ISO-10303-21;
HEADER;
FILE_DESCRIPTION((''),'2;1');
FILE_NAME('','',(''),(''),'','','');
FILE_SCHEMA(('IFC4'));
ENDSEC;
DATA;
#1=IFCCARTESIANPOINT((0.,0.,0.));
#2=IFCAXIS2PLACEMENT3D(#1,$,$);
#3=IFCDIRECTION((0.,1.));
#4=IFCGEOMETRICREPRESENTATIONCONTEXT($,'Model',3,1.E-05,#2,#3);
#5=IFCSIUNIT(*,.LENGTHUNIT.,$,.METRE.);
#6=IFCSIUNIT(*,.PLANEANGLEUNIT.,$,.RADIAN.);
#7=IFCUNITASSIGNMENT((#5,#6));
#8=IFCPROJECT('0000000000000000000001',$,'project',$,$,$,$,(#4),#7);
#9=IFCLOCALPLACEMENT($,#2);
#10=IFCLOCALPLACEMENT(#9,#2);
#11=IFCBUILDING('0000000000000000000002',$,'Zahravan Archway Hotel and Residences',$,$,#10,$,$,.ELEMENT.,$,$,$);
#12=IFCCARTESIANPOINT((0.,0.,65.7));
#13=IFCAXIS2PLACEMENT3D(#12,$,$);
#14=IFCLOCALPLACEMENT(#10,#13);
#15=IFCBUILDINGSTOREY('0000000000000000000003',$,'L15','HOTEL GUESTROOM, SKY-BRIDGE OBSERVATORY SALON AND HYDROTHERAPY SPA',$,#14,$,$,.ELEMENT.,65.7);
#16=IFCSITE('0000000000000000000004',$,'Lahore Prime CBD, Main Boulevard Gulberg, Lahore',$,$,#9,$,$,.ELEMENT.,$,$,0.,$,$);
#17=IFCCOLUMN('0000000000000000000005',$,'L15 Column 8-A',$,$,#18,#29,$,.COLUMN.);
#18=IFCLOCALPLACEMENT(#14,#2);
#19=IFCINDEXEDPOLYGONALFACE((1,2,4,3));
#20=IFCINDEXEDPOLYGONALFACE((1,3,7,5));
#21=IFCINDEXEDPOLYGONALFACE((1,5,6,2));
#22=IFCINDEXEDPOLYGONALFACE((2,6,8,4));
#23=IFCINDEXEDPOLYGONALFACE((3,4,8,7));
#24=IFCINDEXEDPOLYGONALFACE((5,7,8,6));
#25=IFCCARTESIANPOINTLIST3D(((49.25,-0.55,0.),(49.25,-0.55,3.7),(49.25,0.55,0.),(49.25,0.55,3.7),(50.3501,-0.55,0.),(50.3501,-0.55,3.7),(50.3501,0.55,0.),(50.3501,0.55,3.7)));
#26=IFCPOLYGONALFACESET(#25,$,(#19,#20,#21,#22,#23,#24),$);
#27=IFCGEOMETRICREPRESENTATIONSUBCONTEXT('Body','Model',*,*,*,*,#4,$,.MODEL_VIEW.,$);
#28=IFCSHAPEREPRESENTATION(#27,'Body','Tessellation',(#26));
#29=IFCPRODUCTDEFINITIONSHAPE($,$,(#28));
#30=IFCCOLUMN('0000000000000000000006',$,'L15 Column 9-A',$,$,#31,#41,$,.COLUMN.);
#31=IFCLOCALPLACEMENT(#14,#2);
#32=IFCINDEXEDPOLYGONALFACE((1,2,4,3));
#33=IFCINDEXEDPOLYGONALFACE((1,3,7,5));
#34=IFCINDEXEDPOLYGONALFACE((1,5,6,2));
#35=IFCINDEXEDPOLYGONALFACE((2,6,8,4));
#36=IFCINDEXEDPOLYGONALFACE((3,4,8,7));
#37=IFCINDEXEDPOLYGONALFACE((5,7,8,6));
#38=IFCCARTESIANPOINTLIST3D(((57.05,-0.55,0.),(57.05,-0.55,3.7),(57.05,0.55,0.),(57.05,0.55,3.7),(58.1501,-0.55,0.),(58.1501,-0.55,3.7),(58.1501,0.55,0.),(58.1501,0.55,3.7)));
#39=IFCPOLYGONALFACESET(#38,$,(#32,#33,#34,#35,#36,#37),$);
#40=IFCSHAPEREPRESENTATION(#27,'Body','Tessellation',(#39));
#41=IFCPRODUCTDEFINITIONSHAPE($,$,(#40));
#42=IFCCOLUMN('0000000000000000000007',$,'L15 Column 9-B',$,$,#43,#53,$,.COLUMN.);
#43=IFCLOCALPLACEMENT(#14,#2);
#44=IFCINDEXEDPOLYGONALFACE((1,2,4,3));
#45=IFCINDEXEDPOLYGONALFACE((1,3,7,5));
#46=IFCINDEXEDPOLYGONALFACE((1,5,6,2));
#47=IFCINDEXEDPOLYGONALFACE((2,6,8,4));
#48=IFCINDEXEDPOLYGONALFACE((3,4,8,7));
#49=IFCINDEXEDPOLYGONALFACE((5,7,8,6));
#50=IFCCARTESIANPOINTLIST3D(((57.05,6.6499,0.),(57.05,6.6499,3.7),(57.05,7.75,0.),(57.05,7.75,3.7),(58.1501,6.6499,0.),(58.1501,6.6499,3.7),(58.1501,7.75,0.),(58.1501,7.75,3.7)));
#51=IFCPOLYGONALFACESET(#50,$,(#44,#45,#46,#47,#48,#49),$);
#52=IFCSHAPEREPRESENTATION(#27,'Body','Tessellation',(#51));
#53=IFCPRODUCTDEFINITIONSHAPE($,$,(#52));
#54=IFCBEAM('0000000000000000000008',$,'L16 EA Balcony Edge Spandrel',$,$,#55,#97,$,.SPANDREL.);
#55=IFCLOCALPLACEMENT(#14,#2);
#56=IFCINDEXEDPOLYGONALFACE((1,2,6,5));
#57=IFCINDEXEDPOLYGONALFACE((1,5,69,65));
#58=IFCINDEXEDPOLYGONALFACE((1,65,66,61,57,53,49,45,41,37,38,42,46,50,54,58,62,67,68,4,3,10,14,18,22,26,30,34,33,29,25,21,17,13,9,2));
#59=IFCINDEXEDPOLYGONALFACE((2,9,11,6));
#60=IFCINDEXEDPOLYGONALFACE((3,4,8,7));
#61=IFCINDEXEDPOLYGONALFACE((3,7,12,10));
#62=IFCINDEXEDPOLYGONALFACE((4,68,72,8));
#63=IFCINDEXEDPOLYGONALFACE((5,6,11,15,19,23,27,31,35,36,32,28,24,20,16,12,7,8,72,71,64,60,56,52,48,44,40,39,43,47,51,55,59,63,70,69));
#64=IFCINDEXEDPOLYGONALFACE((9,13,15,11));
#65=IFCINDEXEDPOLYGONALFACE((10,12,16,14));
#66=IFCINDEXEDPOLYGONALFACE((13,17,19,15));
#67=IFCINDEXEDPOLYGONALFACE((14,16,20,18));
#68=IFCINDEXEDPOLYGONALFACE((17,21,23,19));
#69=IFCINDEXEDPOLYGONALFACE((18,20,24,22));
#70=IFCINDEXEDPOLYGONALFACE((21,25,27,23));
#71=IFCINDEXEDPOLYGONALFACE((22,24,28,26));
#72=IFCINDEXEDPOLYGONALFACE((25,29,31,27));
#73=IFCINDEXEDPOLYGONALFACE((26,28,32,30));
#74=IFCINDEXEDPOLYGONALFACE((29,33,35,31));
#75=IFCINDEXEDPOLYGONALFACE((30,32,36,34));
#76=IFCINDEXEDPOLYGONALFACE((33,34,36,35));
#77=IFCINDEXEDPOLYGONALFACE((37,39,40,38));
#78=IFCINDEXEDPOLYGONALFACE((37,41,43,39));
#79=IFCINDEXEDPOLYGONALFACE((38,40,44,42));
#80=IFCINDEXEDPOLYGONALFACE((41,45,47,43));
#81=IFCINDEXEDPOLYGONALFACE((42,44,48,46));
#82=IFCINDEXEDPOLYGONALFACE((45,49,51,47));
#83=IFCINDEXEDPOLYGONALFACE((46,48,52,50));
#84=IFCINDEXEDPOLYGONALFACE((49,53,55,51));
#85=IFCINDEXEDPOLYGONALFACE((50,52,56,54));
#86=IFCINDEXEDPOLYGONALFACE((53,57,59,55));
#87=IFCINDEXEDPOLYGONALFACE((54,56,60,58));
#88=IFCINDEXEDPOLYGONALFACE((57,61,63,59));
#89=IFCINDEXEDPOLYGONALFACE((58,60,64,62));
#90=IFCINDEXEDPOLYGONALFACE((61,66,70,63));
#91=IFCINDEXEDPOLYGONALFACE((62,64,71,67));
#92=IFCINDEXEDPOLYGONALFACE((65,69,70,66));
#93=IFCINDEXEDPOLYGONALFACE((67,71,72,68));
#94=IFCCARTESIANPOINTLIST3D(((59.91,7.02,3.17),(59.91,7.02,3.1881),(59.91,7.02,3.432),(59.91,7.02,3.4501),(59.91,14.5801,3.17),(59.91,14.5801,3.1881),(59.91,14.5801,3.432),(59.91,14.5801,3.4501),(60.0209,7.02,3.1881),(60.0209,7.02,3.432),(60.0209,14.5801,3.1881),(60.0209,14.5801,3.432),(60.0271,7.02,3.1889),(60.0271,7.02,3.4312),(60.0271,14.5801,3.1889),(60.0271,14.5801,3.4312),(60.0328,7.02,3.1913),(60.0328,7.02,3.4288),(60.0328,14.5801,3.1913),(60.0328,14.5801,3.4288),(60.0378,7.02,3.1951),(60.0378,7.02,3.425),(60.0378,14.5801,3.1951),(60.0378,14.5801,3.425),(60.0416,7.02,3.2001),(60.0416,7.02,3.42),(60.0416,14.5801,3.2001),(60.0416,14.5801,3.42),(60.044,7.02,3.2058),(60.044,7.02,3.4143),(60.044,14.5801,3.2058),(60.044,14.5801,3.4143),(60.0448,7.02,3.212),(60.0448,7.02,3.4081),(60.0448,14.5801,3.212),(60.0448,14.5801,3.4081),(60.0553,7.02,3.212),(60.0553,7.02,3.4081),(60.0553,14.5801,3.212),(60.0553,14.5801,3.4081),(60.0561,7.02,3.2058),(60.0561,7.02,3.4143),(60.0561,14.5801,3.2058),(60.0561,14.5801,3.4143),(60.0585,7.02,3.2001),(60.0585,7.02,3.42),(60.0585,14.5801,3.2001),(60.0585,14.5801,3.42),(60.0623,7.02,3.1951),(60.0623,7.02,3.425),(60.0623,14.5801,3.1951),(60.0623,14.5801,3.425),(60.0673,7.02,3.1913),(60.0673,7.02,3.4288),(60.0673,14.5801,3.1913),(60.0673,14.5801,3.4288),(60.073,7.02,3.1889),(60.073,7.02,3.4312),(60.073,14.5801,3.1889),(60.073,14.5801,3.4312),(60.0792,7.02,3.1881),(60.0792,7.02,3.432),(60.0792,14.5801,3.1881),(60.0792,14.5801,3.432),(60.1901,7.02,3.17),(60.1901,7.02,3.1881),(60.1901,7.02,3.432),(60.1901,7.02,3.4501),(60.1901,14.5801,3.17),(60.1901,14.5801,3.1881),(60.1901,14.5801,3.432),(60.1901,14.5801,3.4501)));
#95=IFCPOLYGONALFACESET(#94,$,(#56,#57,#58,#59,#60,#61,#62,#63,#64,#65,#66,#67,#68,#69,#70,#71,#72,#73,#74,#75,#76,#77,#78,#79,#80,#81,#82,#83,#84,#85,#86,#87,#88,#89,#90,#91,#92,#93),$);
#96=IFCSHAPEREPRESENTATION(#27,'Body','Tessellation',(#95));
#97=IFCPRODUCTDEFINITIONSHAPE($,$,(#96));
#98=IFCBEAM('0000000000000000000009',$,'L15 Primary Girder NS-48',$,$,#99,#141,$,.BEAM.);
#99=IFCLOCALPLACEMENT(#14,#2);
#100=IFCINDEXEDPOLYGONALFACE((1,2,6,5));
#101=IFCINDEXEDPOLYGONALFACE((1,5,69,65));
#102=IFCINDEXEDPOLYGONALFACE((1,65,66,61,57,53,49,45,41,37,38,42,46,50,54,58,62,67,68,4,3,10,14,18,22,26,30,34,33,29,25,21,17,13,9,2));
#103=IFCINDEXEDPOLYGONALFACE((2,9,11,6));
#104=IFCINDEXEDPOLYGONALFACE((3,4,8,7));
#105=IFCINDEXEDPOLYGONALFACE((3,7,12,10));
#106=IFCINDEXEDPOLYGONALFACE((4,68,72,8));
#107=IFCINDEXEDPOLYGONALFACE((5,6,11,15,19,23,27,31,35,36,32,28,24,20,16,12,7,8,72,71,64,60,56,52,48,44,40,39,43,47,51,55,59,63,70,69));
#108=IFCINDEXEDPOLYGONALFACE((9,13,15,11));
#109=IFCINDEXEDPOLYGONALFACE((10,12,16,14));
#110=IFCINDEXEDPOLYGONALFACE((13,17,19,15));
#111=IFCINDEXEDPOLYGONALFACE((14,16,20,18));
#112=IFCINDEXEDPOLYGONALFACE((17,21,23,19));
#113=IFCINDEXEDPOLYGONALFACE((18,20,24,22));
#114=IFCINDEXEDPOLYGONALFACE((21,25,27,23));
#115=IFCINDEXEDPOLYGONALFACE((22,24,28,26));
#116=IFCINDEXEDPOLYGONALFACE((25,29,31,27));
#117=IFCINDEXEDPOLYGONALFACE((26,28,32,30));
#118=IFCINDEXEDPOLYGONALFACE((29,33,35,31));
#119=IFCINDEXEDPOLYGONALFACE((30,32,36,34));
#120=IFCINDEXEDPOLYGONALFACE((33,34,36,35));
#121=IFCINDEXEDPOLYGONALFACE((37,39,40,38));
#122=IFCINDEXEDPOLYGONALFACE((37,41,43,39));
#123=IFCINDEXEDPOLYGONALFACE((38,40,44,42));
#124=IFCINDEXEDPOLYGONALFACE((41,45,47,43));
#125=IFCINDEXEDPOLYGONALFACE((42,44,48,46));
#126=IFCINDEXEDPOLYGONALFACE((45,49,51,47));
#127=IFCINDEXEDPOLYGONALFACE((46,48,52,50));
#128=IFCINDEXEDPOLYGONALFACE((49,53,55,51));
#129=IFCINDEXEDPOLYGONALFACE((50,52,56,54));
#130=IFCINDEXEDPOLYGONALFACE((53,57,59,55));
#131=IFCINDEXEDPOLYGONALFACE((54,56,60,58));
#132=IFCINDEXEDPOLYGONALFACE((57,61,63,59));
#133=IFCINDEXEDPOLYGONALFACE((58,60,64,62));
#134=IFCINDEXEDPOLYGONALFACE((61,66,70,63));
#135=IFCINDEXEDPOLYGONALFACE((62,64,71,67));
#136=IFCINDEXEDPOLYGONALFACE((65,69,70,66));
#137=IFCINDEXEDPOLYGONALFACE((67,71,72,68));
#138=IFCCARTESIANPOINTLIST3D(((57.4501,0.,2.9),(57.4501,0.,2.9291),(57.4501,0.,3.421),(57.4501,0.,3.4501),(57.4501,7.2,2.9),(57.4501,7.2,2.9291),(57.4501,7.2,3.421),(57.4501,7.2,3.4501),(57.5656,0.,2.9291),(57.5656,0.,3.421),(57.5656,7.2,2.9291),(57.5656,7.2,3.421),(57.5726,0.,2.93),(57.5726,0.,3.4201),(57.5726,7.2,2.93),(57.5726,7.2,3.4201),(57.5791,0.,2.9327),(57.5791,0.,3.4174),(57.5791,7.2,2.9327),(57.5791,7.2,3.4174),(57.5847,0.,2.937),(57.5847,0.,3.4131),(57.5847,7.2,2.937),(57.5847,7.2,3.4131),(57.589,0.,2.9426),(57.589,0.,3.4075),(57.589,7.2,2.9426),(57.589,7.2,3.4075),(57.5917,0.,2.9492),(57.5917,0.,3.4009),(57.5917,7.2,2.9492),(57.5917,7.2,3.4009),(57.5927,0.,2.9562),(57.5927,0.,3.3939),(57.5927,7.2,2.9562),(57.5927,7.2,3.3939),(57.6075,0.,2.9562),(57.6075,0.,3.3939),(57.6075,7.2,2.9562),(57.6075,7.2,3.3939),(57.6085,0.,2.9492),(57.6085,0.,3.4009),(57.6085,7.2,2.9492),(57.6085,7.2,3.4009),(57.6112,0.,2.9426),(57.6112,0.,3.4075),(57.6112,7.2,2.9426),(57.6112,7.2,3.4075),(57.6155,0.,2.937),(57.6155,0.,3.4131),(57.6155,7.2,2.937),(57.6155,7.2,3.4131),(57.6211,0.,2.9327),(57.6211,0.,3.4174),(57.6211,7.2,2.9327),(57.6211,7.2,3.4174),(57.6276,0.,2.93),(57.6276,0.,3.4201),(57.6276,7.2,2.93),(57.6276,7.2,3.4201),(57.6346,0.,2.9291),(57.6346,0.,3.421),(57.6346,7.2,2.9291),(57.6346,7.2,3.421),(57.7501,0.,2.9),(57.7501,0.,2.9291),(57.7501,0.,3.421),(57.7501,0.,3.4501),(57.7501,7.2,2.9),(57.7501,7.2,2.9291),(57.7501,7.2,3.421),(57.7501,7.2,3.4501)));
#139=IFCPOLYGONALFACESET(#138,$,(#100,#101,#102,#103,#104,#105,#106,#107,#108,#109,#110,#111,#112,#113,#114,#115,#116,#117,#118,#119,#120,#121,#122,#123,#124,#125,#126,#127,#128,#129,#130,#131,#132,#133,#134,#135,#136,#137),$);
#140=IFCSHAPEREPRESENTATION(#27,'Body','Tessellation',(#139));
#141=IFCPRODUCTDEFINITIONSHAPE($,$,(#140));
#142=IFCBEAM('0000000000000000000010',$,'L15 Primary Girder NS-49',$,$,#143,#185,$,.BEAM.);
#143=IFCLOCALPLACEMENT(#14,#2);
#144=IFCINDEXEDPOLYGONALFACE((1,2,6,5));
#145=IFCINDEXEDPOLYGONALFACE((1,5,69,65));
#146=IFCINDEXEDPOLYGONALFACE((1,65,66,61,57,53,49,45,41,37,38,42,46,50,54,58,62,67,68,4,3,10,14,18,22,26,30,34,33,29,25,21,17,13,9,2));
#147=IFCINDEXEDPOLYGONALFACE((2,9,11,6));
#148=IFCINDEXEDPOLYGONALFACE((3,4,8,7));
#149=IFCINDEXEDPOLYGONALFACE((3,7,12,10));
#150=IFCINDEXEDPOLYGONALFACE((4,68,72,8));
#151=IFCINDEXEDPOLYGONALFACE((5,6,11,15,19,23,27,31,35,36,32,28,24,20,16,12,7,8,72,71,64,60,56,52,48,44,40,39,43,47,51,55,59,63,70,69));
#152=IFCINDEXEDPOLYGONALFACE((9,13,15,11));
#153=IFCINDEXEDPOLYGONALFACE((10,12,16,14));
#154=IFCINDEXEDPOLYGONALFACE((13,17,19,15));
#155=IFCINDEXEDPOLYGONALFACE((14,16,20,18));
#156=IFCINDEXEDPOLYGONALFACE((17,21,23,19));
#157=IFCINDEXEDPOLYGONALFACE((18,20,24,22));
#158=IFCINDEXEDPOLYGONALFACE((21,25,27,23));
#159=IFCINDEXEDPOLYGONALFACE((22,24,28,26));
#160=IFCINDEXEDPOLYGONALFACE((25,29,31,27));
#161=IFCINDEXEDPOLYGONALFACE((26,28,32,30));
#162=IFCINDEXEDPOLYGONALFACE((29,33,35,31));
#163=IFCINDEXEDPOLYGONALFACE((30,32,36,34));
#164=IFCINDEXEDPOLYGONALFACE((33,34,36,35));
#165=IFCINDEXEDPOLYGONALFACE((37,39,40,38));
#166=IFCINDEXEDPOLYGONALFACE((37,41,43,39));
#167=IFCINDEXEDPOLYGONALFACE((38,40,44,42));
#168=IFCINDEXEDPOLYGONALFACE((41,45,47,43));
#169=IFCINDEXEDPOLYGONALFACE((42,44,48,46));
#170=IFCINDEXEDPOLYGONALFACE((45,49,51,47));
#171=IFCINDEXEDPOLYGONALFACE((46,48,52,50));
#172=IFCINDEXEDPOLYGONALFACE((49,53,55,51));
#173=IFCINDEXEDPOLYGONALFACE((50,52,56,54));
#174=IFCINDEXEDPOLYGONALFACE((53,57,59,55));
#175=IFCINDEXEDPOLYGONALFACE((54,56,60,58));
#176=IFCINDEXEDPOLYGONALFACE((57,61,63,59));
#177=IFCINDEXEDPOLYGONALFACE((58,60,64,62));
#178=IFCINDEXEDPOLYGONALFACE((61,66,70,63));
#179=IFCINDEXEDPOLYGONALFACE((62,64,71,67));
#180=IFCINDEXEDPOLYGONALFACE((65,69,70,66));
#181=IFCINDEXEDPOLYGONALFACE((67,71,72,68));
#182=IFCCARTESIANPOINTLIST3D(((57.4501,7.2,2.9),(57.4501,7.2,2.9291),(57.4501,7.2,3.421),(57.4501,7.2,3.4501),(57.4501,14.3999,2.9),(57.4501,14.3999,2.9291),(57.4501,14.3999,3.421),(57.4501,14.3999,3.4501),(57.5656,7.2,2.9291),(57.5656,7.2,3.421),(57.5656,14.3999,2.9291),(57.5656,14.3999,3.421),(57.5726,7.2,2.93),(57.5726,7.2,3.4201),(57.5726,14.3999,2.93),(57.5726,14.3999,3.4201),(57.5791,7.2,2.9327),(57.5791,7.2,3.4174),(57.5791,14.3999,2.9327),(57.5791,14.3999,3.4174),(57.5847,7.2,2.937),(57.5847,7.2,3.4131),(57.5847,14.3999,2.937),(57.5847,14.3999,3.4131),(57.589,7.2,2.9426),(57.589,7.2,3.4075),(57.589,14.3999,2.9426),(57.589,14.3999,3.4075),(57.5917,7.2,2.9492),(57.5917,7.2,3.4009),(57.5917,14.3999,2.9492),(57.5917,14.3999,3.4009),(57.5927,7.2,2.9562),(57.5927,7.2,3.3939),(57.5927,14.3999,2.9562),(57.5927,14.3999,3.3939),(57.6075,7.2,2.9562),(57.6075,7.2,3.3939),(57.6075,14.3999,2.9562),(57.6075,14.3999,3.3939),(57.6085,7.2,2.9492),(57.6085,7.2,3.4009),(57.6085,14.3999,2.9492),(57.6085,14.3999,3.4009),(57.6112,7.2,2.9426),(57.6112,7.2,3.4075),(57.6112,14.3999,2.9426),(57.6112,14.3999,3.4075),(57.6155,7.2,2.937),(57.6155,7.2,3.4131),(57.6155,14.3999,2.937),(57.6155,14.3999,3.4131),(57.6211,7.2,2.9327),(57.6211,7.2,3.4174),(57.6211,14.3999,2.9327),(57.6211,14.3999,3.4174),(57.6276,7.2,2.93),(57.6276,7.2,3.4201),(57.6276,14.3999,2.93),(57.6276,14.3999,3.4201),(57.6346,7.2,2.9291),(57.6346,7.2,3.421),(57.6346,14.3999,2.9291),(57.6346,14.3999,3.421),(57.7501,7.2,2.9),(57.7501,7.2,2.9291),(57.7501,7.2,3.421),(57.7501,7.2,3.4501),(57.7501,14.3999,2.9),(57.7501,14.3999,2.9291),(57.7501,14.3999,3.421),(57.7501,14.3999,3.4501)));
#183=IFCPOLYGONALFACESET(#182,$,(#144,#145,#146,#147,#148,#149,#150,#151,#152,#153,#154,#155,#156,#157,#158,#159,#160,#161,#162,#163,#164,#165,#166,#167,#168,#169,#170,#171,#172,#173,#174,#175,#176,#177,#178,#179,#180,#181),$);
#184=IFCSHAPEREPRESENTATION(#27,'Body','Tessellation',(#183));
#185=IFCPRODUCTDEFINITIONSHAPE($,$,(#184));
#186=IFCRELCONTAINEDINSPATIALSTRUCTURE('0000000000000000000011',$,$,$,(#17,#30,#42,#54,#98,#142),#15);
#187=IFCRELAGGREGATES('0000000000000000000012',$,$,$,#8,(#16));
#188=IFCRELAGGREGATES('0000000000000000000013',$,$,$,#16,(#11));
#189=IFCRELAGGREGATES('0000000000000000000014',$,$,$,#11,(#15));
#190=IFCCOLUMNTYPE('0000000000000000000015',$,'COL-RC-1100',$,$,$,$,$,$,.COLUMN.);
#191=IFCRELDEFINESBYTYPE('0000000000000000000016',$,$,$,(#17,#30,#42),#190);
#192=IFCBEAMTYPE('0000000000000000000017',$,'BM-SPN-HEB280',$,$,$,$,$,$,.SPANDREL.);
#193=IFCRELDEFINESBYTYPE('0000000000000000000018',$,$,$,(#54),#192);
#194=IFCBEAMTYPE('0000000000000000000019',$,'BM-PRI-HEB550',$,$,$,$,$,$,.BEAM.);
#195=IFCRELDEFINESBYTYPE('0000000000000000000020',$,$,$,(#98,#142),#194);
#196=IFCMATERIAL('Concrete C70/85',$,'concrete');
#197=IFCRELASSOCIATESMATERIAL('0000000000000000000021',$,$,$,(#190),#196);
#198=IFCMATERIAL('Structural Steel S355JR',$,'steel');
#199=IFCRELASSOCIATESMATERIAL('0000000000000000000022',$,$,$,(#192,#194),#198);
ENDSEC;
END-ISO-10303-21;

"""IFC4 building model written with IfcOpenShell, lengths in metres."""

from ifc_helpers import new_model, si_unit, direction, frame, origin, origin_2d, place, context, subcontext, project, spatial, rectangle, i_section, extrude, source, transform, mapped, material, material_profile, profile_set, type_object, type_shapes, element, save


model = new_model("IFC4")

# Units and contexts
model_context = context("Model", 3, precision=1e-05, world=origin(), true_north=direction((0.0, 1.0)))
body_context = subcontext(model_context, "Body", "Model", "MODEL_VIEW")
ifc_project = project(units=[si_unit("LENGTHUNIT", "METRE"), si_unit("PLANEANGLEUNIT", "RADIAN")], contexts=[model_context])

# Site, building, storey
site_placement = place(None, origin())
site = spatial("IfcSite", under=ifc_project, at=site_placement, Name="Lahore Prime CBD, Main Boulevard Gulberg, Lahore", CompositionType="ELEMENT", RefElevation=0.0)
building_placement = place(site_placement, origin())
building = spatial("IfcBuilding", under=site, at=building_placement, Name="Zahravan Archway Hotel and Residences", CompositionType="ELEMENT")
storey_placement = place(building_placement, frame((0.0, 0.0, 65.7)))
storey = spatial("IfcBuildingStorey", under=building, at=storey_placement, Name="L15", Description="HOTEL GUESTROOM, SKY-BRIDGE OBSERVATORY SALON AND HYDROTHERAPY SPA", CompositionType="ELEMENT", Elevation=65.7)

# Columns
ifc_material_1 = material(Name="Concrete C70/85", Category="concrete")
ifc_material_profile_1 = material_profile(ifc_material_1, rectangle(XDim=1.1001, YDim=1.1001, at=origin_2d()), Name="RC 1100x1100", Category="concrete")
ifc_profile_set_1 = profile_set([ifc_material_profile_1], Name="Concrete C70/85")
column_type = type_object("IfcColumnType", Name="COL-RC-1100", PredefinedType="COLUMN", material=ifc_profile_set_1)
shared_shape_1 = source(origin(), body_context, "Body", "SweptSolid", [
    extrude(rectangle(XDim=1.1001, YDim=1.1001, at=origin_2d()), origin(), (0.0, 0.0, 1.0), 3.7),
])
for number, where, z_axis, x_axis, name in (
    (1, (49.8, 0.0, 0.0), (0.0, 0.0, 1.0), (1.0, 0.0, 0.0), "L15 Column 8-A"),
    (2, (57.6001, 0.0, 0.0), (0.0, 0.0, 1.0), (1.0, 0.0, 0.0), "L15 Column 9-A"),
    (3, (57.6001, 7.2, 0.0), (0.0, 0.0, 1.0), (1.0, 0.0, 0.0), "L15 Column 9-B"),
):
    element("IfcColumn", number, at=place(storey_placement, frame(where, z_axis=z_axis, x_axis=x_axis)), inside=storey, type_object=column_type, Name=name, PredefinedType="COLUMN", context=body_context, shape_type="MappedRepresentation", body=[
        mapped(shared_shape_1, transform((0.0, 0.0, 0.0), scale=1.0)),
    ])

# Beams
ifc_material_2 = material(Name="Structural Steel S355JR", Category="steel")
ifc_material_profile_2 = material_profile(ifc_material_2, i_section(OverallWidth=0.28, OverallDepth=0.28, WebThickness=0.0105, FlangeThickness=0.0181, FilletRadius=0.0239, at=origin_2d()), Name="HEB 280", Category="steel")
ifc_profile_set_2 = profile_set([ifc_material_profile_2], Name="Structural Steel S355JR")
beam_type_1 = type_object("IfcBeamType", Name="BM-SPN-HEB280", PredefinedType="SPANDREL", material=ifc_profile_set_2)
shared_shape_2 = source(origin(), body_context, "Body", "SweptSolid", [
    extrude(i_section(OverallWidth=0.28, OverallDepth=0.28, WebThickness=0.0105, FlangeThickness=0.0181, FilletRadius=0.0239, at=origin_2d()), origin(), (0.0, 0.0, 1.0), 7.5601),
])
type_shapes(beam_type_1, [shared_shape_2])
beam_1_placement = place(storey_placement, frame((60.05, 7.02, 3.3101), z_axis=(0.0, 1.0, 0.0), x_axis=(-1.0, 0.0, 0.0)))
element("IfcBeam", 4, at=beam_1_placement, inside=storey, type_object=beam_type_1, Name="L16 EA Balcony Edge Spandrel", PredefinedType="SPANDREL", context=body_context, shape_type="MappedRepresentation", body=[
    mapped(shared_shape_2, transform((0.0, 0.0, 0.0), scale=1.0)),
])
ifc_material_profile_3 = material_profile(ifc_material_2, i_section(OverallWidth=0.3, OverallDepth=0.55, WebThickness=0.0149, FlangeThickness=0.0291, FilletRadius=0.0271, at=origin_2d()), Name="HEB 550", Category="steel")
ifc_profile_set_3 = profile_set([ifc_material_profile_3], Name="Structural Steel S355JR")
beam_type_2 = type_object("IfcBeamType", Name="BM-PRI-HEB550", PredefinedType="BEAM", material=ifc_profile_set_3)
shared_shape_3 = source(origin(), body_context, "Body", "SweptSolid", [
    extrude(i_section(OverallWidth=0.3, OverallDepth=0.55, WebThickness=0.0149, FlangeThickness=0.0291, FilletRadius=0.0271, at=origin_2d()), origin(), (0.0, 0.0, 1.0), 7.2),
])
for number, where, z_axis, x_axis, name in (
    (5, (57.6001, 0.0, 3.175), (0.0, 1.0, 0.0), (-1.0, 0.0, 0.0), "L15 Primary Girder NS-48"),
    (6, (57.6001, 7.2, 3.175), (0.0, 1.0, 0.0), (-1.0, 0.0, 0.0), "L15 Primary Girder NS-49"),
):
    element("IfcBeam", number, at=place(storey_placement, frame(where, z_axis=z_axis, x_axis=x_axis)), inside=storey, type_object=beam_type_2, Name=name, PredefinedType="BEAM", context=body_context, shape_type="MappedRepresentation", body=[
        mapped(shared_shape_3, transform((0.0, 0.0, 0.0), scale=1.0)),
    ])

save(model, "model.ifc")
